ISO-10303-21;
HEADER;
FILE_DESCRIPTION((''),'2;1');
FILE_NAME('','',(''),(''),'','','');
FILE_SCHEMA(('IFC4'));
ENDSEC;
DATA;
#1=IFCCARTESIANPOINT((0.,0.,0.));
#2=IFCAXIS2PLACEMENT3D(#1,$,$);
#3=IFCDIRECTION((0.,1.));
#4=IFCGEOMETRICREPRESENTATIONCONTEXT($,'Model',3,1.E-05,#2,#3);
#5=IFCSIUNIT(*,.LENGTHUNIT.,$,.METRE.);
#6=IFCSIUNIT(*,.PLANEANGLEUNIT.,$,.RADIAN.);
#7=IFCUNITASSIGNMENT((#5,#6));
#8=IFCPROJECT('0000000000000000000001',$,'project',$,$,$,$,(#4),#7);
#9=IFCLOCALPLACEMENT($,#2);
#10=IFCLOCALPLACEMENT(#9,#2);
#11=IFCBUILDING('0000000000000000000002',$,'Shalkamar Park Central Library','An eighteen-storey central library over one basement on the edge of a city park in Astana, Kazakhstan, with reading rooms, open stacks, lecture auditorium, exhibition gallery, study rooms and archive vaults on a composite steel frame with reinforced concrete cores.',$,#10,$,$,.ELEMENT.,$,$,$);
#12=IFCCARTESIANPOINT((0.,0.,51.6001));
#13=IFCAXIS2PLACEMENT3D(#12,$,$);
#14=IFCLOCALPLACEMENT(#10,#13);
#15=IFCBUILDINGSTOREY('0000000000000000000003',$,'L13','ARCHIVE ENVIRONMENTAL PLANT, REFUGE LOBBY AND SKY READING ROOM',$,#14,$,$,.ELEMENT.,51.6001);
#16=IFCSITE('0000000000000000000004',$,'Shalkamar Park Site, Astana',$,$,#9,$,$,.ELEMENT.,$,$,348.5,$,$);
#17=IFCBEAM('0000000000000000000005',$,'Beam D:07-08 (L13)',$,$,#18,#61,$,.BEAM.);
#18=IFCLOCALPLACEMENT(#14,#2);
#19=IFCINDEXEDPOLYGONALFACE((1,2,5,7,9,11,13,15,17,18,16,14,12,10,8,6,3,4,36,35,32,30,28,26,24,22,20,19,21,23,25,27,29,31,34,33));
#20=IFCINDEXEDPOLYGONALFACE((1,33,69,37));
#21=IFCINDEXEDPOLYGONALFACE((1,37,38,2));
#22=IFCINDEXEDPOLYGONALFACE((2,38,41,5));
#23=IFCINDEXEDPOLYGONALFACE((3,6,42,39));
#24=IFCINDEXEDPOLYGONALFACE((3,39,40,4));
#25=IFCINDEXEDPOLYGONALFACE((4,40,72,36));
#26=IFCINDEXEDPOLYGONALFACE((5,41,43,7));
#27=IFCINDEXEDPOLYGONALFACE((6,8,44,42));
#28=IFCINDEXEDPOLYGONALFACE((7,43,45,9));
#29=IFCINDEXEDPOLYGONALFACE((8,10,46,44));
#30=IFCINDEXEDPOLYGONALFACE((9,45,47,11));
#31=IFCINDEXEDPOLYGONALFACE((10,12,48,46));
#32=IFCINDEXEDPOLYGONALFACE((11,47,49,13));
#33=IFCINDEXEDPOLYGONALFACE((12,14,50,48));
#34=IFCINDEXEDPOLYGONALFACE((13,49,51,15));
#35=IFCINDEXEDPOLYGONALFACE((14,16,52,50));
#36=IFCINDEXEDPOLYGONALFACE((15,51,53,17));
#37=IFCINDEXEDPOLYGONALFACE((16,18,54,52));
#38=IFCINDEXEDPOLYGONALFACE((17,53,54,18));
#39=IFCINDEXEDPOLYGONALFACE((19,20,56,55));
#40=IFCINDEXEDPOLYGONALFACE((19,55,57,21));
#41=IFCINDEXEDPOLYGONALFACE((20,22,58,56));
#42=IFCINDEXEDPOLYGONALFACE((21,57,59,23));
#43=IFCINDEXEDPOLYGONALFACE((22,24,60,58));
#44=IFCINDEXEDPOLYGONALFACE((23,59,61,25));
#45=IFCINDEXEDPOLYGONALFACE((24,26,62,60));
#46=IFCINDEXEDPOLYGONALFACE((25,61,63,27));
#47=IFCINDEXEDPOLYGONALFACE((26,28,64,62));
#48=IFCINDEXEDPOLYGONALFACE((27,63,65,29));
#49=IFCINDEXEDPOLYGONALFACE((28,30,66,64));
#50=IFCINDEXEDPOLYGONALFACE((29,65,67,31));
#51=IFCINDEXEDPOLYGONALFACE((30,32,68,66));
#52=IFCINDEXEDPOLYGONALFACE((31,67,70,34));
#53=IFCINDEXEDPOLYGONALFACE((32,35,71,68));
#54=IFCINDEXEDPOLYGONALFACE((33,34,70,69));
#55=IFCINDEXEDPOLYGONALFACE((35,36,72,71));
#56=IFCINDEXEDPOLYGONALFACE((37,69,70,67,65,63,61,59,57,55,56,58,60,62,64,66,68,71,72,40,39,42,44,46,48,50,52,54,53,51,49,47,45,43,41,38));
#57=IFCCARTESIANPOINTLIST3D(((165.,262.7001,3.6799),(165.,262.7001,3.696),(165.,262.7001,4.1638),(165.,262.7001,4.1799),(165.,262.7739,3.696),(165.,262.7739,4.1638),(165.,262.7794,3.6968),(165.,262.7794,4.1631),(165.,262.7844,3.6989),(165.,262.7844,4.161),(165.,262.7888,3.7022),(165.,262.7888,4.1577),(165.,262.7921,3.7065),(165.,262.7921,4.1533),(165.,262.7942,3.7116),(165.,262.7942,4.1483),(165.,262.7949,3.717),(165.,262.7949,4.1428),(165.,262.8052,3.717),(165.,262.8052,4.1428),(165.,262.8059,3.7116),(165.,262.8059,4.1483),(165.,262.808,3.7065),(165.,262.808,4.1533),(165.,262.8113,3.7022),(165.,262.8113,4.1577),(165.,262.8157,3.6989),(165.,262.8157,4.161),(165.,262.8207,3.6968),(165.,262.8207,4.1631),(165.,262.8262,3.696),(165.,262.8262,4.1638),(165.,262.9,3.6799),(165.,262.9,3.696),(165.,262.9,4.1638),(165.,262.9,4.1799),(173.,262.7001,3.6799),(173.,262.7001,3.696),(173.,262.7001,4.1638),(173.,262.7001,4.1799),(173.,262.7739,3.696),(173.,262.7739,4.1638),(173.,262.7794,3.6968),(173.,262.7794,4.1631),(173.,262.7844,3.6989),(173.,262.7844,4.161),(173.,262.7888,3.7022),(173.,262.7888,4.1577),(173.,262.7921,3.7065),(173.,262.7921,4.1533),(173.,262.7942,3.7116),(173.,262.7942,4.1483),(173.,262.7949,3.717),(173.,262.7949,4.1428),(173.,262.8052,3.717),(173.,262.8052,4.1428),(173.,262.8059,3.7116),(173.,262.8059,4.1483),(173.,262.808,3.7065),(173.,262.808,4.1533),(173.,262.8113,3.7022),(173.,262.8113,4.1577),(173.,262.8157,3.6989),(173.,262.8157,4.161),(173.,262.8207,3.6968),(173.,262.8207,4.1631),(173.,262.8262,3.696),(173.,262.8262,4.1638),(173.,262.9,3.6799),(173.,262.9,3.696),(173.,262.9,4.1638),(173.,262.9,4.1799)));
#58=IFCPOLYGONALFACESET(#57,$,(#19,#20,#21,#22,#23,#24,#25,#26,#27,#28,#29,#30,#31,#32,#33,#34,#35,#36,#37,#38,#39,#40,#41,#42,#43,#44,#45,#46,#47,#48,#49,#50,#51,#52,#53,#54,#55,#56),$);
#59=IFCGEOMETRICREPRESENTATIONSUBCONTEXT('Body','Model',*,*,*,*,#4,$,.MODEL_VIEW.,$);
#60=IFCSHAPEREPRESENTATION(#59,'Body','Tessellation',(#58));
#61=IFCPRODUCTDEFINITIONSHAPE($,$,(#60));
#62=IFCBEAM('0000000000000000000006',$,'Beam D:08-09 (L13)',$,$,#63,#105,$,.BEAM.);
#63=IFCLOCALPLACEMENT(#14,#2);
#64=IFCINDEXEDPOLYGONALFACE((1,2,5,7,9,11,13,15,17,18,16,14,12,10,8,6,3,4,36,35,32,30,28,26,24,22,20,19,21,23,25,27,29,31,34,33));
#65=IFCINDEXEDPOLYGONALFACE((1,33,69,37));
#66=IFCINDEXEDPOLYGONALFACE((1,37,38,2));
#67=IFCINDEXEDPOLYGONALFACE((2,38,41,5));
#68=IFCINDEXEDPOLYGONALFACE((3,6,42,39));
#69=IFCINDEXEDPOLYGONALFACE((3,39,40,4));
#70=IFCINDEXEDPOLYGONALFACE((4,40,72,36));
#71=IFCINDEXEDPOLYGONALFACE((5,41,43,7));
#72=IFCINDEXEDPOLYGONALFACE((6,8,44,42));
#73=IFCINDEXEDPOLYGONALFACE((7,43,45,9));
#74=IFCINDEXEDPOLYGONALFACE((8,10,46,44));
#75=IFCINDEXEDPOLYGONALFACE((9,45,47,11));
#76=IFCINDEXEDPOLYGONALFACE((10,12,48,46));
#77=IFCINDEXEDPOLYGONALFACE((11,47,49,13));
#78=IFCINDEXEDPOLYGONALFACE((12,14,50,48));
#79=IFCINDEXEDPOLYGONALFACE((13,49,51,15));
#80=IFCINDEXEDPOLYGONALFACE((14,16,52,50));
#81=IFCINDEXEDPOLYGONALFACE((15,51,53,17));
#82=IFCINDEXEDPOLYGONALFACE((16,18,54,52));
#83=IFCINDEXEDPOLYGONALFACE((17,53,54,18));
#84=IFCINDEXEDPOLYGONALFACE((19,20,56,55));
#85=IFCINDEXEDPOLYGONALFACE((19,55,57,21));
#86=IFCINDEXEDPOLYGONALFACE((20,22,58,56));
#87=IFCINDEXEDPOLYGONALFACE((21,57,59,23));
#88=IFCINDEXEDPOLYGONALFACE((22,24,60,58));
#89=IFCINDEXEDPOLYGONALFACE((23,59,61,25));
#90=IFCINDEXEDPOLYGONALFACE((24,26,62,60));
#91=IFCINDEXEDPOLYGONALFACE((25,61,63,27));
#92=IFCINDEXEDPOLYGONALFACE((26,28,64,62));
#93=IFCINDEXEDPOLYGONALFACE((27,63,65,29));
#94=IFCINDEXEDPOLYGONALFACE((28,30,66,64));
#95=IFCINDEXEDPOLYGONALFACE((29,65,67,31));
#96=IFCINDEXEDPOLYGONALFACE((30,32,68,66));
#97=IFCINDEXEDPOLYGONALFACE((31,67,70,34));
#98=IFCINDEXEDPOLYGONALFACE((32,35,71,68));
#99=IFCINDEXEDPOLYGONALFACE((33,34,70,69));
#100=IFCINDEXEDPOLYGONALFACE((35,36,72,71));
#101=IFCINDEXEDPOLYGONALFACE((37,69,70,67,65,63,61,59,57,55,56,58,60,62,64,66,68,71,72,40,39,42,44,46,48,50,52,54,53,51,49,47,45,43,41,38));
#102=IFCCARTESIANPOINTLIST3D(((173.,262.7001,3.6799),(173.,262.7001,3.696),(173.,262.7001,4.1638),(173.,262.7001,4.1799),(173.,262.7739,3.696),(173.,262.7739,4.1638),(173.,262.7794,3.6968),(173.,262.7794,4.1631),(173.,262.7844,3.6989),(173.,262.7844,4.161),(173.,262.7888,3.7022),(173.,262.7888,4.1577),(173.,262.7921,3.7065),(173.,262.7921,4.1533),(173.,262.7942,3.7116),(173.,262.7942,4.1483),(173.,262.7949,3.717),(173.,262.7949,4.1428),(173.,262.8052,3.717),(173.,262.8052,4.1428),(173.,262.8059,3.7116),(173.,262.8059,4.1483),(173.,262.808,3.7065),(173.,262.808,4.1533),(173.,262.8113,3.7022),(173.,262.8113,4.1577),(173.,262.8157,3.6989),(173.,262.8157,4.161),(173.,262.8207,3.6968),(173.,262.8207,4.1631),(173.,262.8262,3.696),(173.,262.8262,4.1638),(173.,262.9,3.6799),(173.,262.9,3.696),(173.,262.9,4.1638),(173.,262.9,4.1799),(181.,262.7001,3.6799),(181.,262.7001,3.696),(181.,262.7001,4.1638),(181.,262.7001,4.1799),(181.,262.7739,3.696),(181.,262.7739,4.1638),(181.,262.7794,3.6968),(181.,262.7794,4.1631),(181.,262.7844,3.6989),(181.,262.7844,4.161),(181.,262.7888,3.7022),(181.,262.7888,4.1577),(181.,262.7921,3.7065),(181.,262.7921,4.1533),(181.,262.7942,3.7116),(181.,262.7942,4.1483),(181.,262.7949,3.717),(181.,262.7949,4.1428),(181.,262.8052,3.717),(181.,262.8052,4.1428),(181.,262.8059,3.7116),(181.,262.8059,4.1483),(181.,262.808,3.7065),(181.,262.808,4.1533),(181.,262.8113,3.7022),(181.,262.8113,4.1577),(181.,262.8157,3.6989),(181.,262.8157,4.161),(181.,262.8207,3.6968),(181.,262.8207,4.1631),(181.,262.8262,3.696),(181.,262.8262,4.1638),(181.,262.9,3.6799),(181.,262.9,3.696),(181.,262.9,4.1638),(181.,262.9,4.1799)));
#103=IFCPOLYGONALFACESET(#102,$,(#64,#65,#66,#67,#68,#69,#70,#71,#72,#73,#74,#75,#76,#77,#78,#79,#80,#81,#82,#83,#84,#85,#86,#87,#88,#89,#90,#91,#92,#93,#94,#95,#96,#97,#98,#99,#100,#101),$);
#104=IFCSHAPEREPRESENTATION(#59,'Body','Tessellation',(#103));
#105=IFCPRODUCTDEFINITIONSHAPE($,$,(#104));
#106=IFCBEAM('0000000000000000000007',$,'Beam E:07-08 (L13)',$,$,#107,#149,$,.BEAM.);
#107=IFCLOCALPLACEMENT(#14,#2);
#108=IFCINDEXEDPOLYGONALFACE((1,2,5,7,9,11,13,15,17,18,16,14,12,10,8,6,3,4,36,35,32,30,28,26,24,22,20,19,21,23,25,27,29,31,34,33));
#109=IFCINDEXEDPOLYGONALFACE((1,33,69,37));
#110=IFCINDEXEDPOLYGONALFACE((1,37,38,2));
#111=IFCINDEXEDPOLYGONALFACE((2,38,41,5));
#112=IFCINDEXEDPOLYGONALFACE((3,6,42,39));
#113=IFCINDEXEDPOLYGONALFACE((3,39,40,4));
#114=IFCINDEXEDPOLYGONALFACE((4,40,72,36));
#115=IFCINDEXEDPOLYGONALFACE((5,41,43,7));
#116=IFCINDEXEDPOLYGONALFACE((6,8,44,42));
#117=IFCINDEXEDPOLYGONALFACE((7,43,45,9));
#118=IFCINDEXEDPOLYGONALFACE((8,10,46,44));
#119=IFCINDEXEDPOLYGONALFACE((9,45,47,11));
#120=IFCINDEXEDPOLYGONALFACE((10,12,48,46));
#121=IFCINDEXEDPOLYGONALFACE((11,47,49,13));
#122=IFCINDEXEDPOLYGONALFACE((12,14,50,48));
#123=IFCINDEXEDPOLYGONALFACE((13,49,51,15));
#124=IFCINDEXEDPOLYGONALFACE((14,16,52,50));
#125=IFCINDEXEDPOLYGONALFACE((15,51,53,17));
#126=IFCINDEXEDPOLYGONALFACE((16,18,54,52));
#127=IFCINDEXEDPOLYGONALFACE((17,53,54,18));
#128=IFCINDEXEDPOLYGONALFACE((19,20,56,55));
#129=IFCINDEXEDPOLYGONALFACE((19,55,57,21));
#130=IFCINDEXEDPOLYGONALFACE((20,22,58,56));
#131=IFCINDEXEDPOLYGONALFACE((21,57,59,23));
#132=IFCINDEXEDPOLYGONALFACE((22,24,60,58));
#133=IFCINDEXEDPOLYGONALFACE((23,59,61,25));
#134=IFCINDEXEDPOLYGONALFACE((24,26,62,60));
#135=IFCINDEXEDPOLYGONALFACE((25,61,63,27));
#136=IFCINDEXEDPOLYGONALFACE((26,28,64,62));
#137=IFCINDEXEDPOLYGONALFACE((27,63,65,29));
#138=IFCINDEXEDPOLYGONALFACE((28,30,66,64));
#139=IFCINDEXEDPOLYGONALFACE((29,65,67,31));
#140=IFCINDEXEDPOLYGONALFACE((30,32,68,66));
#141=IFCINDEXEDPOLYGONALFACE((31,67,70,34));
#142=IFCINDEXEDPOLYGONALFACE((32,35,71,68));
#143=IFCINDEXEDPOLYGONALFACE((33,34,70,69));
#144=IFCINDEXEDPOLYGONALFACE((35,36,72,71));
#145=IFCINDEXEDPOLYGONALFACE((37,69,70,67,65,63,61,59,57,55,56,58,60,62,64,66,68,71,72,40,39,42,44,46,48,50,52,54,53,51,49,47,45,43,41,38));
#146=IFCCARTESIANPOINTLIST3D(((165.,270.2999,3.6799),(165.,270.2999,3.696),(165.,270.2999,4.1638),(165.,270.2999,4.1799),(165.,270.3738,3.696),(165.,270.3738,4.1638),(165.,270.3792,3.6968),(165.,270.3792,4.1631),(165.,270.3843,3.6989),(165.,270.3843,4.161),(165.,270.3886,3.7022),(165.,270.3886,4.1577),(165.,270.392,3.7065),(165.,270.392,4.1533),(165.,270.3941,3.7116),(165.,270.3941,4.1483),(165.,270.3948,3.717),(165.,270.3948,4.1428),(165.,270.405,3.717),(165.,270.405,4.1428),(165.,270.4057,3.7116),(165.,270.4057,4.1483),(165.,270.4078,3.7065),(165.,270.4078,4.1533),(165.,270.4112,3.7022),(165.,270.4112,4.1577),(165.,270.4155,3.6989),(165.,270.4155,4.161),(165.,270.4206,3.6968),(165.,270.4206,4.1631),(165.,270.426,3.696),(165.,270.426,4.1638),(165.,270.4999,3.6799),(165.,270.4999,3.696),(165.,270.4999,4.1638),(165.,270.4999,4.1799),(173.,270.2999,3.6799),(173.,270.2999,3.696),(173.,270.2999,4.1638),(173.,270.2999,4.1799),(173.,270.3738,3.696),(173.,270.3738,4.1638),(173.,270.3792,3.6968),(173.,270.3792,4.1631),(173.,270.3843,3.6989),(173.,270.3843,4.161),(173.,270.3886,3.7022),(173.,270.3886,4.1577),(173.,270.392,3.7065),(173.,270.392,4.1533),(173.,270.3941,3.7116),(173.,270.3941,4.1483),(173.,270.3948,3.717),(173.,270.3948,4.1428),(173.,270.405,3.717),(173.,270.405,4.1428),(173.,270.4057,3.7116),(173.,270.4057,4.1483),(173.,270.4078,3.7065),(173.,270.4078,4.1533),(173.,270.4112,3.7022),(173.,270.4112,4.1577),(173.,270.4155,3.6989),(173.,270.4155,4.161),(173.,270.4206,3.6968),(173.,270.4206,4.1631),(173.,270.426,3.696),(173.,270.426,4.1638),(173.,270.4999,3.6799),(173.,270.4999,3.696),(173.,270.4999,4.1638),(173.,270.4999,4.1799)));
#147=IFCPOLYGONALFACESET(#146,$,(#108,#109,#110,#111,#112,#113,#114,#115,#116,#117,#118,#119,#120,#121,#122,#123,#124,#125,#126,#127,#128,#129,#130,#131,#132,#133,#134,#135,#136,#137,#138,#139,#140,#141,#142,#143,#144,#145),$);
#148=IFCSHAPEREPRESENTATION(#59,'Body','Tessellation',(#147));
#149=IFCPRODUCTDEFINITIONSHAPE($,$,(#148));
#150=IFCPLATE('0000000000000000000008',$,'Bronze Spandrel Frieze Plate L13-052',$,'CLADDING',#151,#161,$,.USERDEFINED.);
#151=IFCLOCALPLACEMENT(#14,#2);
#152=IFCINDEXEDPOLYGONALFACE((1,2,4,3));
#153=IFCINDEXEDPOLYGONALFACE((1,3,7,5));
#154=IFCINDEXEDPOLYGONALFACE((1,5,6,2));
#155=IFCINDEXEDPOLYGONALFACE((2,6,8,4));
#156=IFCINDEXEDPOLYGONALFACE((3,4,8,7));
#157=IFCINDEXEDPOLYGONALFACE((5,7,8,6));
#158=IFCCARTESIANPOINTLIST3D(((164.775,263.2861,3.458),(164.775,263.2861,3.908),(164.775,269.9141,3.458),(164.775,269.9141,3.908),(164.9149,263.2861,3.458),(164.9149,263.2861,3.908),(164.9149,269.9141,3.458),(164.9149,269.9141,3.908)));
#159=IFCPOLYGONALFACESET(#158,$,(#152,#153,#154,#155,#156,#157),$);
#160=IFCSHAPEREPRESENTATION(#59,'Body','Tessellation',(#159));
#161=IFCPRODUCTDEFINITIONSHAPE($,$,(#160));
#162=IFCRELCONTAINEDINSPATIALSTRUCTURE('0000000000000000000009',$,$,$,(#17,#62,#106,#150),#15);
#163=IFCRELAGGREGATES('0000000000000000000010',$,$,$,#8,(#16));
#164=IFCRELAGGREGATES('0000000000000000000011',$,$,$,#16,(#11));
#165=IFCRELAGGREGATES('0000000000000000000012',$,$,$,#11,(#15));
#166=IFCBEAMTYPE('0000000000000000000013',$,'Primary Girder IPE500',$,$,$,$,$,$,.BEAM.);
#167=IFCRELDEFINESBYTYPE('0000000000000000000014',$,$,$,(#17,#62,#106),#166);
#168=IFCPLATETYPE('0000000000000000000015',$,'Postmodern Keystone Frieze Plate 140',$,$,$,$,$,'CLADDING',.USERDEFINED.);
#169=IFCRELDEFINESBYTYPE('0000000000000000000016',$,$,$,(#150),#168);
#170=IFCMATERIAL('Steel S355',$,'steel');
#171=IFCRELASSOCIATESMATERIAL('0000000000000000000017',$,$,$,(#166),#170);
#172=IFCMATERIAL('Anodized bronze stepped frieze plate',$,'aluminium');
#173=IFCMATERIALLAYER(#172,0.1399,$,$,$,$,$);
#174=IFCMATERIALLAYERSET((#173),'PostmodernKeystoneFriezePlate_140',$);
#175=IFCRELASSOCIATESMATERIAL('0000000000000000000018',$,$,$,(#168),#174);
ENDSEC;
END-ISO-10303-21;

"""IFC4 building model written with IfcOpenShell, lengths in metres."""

from ifc_helpers import new_model, si_unit, direction, frame, origin, origin_2d, place, context, subcontext, project, spatial, rectangle, i_section, extrude, material, layer, layer_set, material_profile, profile_set, type_object, element, save


model = new_model("IFC4")

# Units and contexts
model_context = context("Model", 3, precision=1e-05, world=origin(), true_north=direction((0.0, 1.0)))
body_context = subcontext(model_context, "Body", "Model", "MODEL_VIEW")
ifc_project = project(units=[si_unit("LENGTHUNIT", "METRE"), si_unit("PLANEANGLEUNIT", "RADIAN")], contexts=[model_context])

# Site, building, storey
site_placement = place(None, origin())
site = spatial("IfcSite", under=ifc_project, at=site_placement, Name="Shalkamar Park Site, Astana", CompositionType="ELEMENT", RefElevation=348.5)
building_placement = place(site_placement, origin())
building = spatial("IfcBuilding", under=site, at=building_placement, Name="Shalkamar Park Central Library", Description="An eighteen-storey central library over one basement on the edge of a city park in Astana, Kazakhstan, with reading rooms, open stacks, lecture auditorium, exhibition gallery, study rooms and archive vaults on a composite steel frame with reinforced concrete cores.", CompositionType="ELEMENT")
storey_placement = place(building_placement, frame((0.0, 0.0, 51.6001)))
storey = spatial("IfcBuildingStorey", under=building, at=storey_placement, Name="L13", Description="ARCHIVE ENVIRONMENTAL PLANT, REFUGE LOBBY AND SKY READING ROOM", CompositionType="ELEMENT", Elevation=51.6001)

# Shared definitions
ifc_material_1 = material(Name="Steel S355", Category="steel")

# Beams
ifc_material_profile_1 = material_profile(ifc_material_1, i_section(OverallWidth=0.2, OverallDepth=0.5, WebThickness=0.0103, FlangeThickness=0.0161, FilletRadius=0.021, at=origin_2d()), Name="IPE 500")
ifc_profile_set_1 = profile_set([ifc_material_profile_1], Name="Steel S355")
beam_type_1 = type_object("IfcBeamType", Name="Primary Girder IPE500", PredefinedType="BEAM", material=ifc_profile_set_1)
for number, where, z_axis, x_axis, name in (
    (1, (165.0, 262.8, 3.9299), (1.0, 0.0, 0.0), (0.0, 1.0, 0.0), "Beam D:07-08 (L13)"),
    (2, (173.0, 262.8, 3.9299), (1.0, 0.0, 0.0), (0.0, 1.0, 0.0), "Beam D:08-09 (L13)"),
    (3, (165.0, 270.3999, 3.9299), (1.0, 0.0, 0.0), (0.0, 1.0, 0.0), "Beam E:07-08 (L13)"),
):
    element("IfcBeam", number, at=place(storey_placement, frame(where, z_axis=z_axis, x_axis=x_axis)), inside=storey, type_object=beam_type_1, Name=name, PredefinedType="BEAM", context=body_context, shape_type="SweptSolid", body=[
        extrude(i_section(OverallWidth=0.2, OverallDepth=0.5, WebThickness=0.0103, FlangeThickness=0.0161, FilletRadius=0.021, at=origin_2d()), origin(), (0.0, 0.0, 1.0), 8.0),
    ])

# Plate
ifc_material_2 = material(Name="Anodized bronze stepped frieze plate", Category="aluminium")
ifc_layer_1 = layer(ifc_material_2, 0.1399)
ifc_layer_set_1 = layer_set([ifc_layer_1], Name="PostmodernKeystoneFriezePlate_140")
plate_type = type_object("IfcPlateType", Name="Postmodern Keystone Frieze Plate 140", ElementType="CLADDING", PredefinedType="USERDEFINED", material=ifc_layer_set_1)
plate_placement = place(storey_placement, frame((164.845, 266.6001, 3.458), z_axis=(0.0, 0.0, 1.0), x_axis=(1.0, 0.0, 0.0)))
element("IfcPlate", 4, at=plate_placement, inside=storey, type_object=plate_type, Name="Bronze Spandrel Frieze Plate L13-052", ObjectType="CLADDING", PredefinedType="USERDEFINED", context=body_context, shape_type="SweptSolid", body=[
    extrude(rectangle(XDim=0.1399, YDim=6.6279, at=origin_2d()), origin(), (0.0, 0.0, 1.0), 0.45),
])

save(model, "model.ifc")
